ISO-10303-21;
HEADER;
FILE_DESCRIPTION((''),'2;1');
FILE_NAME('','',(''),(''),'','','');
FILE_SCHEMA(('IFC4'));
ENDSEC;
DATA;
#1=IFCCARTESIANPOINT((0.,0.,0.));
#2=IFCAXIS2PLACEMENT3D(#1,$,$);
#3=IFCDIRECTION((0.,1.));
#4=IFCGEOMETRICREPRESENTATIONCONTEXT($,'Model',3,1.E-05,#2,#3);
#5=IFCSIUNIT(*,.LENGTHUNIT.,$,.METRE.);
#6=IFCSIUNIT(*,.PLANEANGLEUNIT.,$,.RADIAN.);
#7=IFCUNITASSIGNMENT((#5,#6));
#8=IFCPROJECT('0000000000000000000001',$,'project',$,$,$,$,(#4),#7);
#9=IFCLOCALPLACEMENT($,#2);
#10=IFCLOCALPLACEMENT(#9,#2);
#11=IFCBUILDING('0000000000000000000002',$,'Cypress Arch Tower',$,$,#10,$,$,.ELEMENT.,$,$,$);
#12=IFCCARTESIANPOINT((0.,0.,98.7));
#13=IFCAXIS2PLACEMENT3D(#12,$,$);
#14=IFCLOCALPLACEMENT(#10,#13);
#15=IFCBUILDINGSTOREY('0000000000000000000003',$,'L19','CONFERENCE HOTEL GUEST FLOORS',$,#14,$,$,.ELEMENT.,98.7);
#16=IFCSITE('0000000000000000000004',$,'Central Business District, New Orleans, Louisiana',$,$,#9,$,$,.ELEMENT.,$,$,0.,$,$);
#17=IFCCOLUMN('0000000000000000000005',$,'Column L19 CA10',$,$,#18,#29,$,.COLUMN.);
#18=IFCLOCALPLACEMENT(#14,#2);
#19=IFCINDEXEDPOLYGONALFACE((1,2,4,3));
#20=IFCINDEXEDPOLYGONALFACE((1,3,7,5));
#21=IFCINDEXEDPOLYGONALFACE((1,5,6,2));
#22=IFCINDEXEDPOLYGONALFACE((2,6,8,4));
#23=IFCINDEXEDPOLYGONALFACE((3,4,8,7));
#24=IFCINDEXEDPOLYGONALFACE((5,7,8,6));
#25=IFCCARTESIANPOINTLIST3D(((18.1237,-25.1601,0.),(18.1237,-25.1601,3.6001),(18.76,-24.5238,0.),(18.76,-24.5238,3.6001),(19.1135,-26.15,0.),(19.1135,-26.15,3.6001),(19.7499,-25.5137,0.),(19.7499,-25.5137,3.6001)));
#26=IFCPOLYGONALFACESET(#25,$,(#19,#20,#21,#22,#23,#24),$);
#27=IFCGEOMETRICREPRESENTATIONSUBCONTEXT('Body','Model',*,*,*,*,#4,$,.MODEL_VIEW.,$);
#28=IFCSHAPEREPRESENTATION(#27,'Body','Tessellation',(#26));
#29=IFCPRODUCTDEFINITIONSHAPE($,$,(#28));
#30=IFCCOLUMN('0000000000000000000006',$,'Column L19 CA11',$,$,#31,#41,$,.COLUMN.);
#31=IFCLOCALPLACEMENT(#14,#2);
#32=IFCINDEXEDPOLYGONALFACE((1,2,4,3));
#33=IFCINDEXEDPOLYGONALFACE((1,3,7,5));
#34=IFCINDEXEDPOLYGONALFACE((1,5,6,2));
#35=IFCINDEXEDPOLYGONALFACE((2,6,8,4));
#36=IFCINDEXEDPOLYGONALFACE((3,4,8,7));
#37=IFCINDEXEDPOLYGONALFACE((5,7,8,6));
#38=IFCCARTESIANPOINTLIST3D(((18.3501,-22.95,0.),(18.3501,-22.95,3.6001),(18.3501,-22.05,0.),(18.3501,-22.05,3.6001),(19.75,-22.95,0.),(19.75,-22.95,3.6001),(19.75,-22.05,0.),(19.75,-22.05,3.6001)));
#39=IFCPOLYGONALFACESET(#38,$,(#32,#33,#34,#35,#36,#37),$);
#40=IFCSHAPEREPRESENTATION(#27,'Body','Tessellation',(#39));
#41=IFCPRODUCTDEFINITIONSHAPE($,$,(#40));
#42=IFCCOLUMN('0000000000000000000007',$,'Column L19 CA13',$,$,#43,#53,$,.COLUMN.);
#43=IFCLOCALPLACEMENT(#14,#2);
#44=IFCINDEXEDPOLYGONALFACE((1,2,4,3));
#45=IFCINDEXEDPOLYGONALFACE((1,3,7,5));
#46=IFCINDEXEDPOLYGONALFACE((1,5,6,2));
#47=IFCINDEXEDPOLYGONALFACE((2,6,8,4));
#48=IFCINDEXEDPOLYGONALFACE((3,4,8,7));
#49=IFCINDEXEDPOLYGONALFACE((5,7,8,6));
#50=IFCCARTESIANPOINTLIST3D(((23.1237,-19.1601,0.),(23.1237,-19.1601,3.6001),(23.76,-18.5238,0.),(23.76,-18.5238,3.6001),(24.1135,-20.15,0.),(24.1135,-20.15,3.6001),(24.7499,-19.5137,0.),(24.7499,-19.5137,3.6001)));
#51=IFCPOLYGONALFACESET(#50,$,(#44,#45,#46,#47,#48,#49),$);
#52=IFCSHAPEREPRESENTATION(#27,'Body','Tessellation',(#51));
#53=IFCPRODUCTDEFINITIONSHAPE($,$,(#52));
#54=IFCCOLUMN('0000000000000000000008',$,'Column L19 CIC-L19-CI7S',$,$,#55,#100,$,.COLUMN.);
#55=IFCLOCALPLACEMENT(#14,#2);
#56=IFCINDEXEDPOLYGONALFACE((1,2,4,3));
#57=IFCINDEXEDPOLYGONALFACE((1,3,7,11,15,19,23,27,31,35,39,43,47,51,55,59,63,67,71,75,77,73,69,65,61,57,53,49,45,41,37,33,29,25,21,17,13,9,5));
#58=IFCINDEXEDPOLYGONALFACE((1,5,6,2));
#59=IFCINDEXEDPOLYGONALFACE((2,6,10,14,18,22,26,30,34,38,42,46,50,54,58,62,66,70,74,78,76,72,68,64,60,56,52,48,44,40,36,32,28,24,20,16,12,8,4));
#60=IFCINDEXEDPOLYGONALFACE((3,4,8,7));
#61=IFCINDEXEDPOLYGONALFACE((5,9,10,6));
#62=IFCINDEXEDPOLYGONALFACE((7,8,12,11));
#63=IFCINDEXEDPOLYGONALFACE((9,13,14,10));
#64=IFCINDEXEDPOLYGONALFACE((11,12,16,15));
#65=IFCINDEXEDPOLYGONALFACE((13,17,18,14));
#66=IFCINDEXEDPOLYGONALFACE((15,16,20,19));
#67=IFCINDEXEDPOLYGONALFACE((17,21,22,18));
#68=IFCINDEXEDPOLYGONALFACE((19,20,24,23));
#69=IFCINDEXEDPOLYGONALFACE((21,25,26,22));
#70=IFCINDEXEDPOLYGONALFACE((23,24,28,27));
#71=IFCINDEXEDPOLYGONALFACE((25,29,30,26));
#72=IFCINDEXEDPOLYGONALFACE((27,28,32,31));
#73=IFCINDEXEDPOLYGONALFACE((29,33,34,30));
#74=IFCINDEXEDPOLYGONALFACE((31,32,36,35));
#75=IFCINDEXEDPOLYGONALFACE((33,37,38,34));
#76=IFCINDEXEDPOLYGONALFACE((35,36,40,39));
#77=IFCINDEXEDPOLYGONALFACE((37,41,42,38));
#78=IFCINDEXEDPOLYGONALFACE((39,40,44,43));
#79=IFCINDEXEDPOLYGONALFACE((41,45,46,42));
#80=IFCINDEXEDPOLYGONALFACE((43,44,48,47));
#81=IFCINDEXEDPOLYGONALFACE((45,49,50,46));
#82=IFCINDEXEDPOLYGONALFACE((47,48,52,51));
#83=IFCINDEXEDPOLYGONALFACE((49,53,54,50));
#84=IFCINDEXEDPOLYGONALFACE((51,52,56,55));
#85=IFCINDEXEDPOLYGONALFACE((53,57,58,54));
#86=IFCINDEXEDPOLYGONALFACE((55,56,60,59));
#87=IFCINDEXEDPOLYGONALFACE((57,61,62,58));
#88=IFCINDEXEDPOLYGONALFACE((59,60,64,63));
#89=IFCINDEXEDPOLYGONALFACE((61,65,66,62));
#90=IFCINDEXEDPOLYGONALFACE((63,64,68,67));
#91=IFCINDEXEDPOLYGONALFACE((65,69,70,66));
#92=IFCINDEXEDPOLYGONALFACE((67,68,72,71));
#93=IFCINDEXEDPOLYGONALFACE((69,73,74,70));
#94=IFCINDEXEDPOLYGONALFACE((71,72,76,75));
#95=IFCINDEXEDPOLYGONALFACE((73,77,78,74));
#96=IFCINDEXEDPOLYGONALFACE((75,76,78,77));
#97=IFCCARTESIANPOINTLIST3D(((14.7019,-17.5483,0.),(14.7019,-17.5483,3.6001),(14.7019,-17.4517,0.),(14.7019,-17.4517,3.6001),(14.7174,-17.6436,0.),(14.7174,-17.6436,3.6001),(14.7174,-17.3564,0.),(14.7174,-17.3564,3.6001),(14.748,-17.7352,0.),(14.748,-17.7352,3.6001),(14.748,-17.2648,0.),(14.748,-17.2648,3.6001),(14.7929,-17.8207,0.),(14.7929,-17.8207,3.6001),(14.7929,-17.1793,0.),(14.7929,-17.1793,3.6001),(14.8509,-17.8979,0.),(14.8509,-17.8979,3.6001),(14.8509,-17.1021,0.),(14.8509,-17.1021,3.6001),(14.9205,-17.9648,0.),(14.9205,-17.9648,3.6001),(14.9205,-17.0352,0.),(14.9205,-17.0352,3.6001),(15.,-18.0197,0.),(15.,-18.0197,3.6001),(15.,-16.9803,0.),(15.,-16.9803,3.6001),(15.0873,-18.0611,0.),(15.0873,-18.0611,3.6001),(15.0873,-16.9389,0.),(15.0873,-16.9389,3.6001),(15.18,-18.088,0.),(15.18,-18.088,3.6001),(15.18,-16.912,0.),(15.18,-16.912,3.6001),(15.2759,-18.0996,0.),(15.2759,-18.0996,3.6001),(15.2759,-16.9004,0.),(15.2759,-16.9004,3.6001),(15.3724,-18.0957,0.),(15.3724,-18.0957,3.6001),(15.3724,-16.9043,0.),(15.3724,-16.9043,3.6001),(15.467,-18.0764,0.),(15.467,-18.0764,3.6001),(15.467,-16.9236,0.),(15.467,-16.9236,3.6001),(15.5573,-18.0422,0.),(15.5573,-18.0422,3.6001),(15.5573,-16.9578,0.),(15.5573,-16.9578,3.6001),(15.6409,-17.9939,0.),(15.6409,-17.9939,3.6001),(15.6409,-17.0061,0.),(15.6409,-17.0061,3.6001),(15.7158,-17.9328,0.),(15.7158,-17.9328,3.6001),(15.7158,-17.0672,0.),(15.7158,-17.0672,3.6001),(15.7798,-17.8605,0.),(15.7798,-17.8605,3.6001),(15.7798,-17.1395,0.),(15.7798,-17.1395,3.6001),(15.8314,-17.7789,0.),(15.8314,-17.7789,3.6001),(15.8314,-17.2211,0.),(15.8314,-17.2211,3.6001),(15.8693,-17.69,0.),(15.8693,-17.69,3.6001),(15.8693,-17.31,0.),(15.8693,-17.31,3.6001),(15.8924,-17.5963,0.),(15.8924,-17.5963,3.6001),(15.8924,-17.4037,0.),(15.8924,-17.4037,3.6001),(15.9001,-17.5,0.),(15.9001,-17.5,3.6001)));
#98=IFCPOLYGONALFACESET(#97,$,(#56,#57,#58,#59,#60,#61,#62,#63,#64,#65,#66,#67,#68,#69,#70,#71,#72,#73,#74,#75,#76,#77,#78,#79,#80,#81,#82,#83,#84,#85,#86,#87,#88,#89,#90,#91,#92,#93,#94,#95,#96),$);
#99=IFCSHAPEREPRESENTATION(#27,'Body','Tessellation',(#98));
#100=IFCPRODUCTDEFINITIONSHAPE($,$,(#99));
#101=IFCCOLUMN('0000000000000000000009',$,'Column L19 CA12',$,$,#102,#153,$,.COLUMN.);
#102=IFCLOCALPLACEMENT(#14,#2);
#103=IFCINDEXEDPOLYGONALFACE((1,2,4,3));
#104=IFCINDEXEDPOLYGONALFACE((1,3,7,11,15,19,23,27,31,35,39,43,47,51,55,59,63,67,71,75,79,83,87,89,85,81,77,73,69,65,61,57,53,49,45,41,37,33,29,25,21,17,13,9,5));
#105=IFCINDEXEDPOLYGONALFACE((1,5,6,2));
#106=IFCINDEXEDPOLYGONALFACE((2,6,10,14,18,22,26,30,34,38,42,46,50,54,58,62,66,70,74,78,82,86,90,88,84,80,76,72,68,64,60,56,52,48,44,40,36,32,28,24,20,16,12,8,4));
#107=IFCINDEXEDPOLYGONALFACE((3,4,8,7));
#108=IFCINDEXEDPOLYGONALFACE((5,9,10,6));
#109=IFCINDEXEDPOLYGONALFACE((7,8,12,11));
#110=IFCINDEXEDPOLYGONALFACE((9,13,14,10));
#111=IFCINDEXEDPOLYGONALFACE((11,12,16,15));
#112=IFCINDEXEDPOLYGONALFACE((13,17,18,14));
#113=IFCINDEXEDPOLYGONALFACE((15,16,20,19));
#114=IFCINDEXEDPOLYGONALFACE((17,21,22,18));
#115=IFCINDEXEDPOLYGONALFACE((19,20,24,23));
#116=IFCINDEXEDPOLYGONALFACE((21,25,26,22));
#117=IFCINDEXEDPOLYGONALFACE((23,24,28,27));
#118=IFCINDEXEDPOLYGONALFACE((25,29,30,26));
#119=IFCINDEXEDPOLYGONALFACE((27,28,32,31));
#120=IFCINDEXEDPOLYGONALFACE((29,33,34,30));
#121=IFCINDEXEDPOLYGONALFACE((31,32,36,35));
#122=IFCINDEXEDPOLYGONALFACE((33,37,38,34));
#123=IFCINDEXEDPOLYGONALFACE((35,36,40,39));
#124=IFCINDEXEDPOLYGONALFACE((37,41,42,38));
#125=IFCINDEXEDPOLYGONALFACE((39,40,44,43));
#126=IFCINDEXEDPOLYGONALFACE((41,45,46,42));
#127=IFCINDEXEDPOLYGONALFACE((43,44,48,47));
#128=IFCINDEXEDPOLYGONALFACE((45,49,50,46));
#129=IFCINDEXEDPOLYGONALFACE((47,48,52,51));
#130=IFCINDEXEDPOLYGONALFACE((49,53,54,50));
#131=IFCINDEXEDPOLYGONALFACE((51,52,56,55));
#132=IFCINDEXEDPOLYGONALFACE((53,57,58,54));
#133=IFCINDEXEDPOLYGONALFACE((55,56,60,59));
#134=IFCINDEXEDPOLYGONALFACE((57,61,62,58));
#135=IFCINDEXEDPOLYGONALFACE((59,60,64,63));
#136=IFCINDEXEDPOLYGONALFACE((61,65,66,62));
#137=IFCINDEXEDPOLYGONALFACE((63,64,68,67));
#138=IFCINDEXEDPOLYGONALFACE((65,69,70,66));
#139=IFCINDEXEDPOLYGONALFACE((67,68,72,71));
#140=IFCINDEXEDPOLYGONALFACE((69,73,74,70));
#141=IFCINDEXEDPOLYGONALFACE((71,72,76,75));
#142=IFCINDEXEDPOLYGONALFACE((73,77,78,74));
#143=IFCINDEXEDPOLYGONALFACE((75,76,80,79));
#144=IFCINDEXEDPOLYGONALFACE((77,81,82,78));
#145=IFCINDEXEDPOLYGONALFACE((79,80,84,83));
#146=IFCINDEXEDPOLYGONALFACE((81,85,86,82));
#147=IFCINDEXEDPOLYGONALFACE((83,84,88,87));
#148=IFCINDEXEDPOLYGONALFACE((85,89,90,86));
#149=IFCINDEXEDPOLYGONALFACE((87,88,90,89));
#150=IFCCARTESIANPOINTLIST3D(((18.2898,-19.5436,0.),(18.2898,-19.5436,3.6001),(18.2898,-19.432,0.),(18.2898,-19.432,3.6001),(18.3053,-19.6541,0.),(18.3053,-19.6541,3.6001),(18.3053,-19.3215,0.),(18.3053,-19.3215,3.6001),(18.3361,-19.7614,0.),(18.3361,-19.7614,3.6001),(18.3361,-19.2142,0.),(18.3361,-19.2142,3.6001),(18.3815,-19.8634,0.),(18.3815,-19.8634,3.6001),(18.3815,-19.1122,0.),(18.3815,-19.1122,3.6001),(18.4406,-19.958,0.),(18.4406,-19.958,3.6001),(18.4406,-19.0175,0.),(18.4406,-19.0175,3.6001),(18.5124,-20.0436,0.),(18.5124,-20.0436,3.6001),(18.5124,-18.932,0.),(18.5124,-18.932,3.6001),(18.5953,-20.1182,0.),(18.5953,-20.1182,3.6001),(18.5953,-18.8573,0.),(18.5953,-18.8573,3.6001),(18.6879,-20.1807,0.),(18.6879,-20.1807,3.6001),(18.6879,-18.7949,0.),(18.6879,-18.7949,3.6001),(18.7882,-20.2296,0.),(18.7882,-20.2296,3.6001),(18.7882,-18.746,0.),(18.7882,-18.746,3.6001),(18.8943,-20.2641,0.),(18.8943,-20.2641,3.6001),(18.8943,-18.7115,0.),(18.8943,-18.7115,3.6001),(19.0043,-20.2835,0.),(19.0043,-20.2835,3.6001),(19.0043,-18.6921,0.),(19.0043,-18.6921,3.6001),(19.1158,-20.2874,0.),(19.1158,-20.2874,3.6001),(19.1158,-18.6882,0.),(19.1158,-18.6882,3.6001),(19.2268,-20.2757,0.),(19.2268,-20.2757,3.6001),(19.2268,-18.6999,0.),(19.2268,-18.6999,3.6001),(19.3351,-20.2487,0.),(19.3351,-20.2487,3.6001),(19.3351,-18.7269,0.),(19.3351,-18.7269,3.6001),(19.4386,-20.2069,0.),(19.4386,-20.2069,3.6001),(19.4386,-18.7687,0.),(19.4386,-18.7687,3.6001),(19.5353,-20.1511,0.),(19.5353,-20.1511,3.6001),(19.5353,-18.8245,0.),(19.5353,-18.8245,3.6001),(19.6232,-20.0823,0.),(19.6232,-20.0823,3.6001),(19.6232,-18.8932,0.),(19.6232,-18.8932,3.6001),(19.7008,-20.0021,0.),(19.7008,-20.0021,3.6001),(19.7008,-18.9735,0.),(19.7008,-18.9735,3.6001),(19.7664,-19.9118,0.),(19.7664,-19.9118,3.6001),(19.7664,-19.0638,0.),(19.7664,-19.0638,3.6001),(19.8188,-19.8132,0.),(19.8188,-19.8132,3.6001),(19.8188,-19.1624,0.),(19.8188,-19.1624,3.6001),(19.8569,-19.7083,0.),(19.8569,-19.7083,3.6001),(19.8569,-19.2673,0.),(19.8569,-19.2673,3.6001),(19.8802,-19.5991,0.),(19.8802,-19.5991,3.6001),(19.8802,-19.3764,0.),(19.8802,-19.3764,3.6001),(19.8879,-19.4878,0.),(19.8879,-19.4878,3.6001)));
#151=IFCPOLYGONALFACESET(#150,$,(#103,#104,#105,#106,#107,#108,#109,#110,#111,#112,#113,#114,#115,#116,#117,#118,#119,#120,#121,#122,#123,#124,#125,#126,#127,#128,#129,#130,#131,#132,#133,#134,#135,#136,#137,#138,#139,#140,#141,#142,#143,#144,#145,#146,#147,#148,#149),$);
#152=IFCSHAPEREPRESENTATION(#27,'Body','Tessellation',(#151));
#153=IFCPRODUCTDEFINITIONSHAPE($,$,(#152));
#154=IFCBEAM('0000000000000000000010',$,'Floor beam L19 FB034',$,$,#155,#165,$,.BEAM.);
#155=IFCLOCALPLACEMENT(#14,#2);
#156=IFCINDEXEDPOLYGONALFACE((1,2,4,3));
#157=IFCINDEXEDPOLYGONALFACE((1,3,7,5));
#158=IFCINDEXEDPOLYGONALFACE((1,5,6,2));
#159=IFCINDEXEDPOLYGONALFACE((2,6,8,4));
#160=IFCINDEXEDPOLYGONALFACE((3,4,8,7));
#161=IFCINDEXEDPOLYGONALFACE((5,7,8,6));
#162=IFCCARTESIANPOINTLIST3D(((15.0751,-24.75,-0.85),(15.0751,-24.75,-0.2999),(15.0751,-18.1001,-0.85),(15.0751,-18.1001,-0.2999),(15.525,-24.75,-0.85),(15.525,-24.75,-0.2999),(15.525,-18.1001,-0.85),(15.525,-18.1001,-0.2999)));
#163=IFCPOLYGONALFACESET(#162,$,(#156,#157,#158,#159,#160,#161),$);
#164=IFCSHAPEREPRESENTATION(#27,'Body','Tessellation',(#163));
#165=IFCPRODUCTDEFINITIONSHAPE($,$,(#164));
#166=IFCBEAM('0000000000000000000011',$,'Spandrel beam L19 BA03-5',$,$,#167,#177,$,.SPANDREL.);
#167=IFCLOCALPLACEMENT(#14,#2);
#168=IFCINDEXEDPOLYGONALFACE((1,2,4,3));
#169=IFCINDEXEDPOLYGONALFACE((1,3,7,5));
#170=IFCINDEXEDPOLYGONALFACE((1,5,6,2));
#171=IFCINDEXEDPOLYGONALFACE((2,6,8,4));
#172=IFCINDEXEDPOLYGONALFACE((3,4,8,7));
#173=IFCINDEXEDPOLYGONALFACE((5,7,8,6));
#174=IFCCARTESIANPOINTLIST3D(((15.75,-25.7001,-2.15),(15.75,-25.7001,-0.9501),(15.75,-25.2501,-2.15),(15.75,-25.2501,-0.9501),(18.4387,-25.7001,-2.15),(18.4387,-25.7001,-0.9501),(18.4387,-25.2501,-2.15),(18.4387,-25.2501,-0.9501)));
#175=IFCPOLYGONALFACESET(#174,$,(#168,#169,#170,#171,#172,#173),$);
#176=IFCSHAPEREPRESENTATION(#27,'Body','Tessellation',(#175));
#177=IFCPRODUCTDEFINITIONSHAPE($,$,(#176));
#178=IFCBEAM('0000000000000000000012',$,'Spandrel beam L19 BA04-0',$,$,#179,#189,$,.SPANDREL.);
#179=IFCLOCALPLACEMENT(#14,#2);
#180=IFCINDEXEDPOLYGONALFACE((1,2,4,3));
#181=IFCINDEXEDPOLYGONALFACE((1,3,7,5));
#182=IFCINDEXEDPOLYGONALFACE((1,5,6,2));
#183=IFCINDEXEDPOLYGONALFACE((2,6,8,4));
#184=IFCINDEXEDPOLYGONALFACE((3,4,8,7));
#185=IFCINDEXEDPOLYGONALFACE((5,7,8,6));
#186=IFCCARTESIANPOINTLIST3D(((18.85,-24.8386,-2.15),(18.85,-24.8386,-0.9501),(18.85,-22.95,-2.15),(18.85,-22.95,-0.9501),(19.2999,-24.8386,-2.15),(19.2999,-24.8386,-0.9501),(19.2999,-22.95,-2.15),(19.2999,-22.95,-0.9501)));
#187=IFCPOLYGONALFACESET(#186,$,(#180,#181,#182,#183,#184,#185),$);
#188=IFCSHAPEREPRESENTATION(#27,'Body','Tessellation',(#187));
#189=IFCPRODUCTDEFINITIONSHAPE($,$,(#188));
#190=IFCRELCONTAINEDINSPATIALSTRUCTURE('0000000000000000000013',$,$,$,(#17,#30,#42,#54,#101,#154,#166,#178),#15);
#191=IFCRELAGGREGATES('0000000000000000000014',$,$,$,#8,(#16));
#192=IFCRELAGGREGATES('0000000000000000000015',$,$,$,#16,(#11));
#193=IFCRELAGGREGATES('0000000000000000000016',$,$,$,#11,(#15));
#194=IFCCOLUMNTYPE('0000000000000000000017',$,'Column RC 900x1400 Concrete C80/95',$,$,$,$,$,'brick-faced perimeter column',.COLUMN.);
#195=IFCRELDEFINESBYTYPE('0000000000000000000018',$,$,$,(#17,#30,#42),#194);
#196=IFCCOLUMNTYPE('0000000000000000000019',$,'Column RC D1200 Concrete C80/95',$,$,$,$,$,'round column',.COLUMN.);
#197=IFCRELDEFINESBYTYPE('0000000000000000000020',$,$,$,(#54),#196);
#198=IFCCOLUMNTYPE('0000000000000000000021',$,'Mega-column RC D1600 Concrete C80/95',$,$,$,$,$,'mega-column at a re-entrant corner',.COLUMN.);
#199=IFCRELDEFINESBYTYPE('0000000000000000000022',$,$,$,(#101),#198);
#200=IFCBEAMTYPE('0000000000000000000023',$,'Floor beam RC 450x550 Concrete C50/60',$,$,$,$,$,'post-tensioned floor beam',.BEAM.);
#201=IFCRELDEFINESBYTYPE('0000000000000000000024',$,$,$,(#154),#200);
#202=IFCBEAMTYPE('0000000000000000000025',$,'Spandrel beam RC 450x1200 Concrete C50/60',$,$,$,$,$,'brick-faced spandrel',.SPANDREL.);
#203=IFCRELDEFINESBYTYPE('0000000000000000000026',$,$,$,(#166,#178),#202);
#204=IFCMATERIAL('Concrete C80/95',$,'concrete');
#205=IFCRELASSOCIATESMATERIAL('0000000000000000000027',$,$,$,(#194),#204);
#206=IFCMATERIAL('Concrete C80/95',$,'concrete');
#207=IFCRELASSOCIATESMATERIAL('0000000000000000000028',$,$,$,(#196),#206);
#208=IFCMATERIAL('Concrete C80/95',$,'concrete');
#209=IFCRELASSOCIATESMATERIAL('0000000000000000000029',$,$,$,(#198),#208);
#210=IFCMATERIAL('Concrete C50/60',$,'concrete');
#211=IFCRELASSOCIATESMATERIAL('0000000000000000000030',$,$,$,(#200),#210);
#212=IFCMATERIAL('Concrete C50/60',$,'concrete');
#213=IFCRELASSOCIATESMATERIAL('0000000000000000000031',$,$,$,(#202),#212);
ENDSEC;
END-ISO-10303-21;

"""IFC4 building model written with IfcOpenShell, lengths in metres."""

from ifc_helpers import new_model, si_unit, direction, frame, origin, origin_2d, place, context, subcontext, project, spatial, rectangle, circle, extrude, material, material_profile, profile_set, type_object, element, save


model = new_model("IFC4")

# Units and contexts
model_context = context("Model", 3, precision=1e-05, world=origin(), true_north=direction((0.0, 1.0)))
body_context = subcontext(model_context, "Body", "Model", "MODEL_VIEW")
ifc_project = project(units=[si_unit("LENGTHUNIT", "METRE"), si_unit("PLANEANGLEUNIT", "RADIAN")], contexts=[model_context])

# Site, building, storey
site_placement = place(None, origin())
site = spatial("IfcSite", under=ifc_project, at=site_placement, Name="Central Business District, New Orleans, Louisiana", CompositionType="ELEMENT", RefElevation=0.0)
building_placement = place(site_placement, origin())
building = spatial("IfcBuilding", under=site, at=building_placement, Name="Cypress Arch Tower", CompositionType="ELEMENT")
storey_placement = place(building_placement, frame((0.0, 0.0, 98.7)))
storey = spatial("IfcBuildingStorey", under=building, at=storey_placement, Name="L19", Description="CONFERENCE HOTEL GUEST FLOORS", CompositionType="ELEMENT", Elevation=98.7)

# Columns
ifc_material_1 = material(Name="Concrete C80/95", Category="concrete")
ifc_material_profile_1 = material_profile(ifc_material_1, rectangle(XDim=0.8999, YDim=1.3999, at=origin_2d()), Name="RC 900x1400")
ifc_profile_set_1 = profile_set([ifc_material_profile_1], Name="Concrete C80/95")
column_type_1 = type_object("IfcColumnType", Name="Column RC 900x1400 Concrete C80/95", ElementType="brick-faced perimeter column", PredefinedType="COLUMN", material=ifc_profile_set_1)
for number, where, z_axis, x_axis, name in (
    (1, (18.9368, -25.3369, 0.0), (0.0, 0.0, 1.0), (0.707107, 0.707107, 0.0), "Column L19 CA10"),
    (2, (19.05, -22.5, 0.0), (0.0, 0.0, 1.0), (0.0, 1.0, 0.0), "Column L19 CA11"),
    (3, (23.9368, -19.3369, 0.0), (0.0, 0.0, 1.0), (0.707107, 0.707107, 0.0), "Column L19 CA13"),
):
    element("IfcColumn", number, at=place(storey_placement, frame(where, z_axis=z_axis, x_axis=x_axis)), inside=storey, type_object=column_type_1, Name=name, PredefinedType="COLUMN", context=body_context, shape_type="SweptSolid", body=[
        extrude(rectangle(XDim=0.8999, YDim=1.3999, at=origin_2d()), origin(), (0.0, 0.0, 1.0), 3.6001),
    ])
ifc_material_2 = material(Name="Concrete C80/95", Category="concrete")
ifc_material_profile_2 = material_profile(ifc_material_2, circle(Radius=0.6001, at=origin_2d()), Name="RC D1200")
ifc_profile_set_2 = profile_set([ifc_material_profile_2], Name="Concrete C80/95")
column_type_2 = type_object("IfcColumnType", Name="Column RC D1200 Concrete C80/95", ElementType="round column", PredefinedType="COLUMN", material=ifc_profile_set_2)
column_1_placement = place(storey_placement, frame((15.3, -17.5, 0.0), z_axis=(0.0, 0.0, 1.0), x_axis=(1.0, 0.0, 0.0)))
element("IfcColumn", 4, at=column_1_placement, inside=storey, type_object=column_type_2, Name="Column L19 CIC-L19-CI7S", PredefinedType="COLUMN", context=body_context, shape_type="SweptSolid", body=[
    extrude(circle(Radius=0.6001, at=origin_2d()), origin(), (0.0, 0.0, 1.0), 3.6001),
])
ifc_material_3 = material(Name="Concrete C80/95", Category="concrete")
ifc_material_profile_3 = material_profile(ifc_material_3, circle(Radius=0.8, at=origin_2d()), Name="RC D1600")
ifc_profile_set_3 = profile_set([ifc_material_profile_3], Name="Concrete C80/95")
column_type_3 = type_object("IfcColumnType", Name="Mega-column RC D1600 Concrete C80/95", ElementType="mega-column at a re-entrant corner", PredefinedType="COLUMN", material=ifc_profile_set_3)
column_2_placement = place(storey_placement, frame((19.0879, -19.4878, 0.0), z_axis=(0.0, 0.0, 1.0), x_axis=(1.0, 0.0, 0.0)))
element("IfcColumn", 5, at=column_2_placement, inside=storey, type_object=column_type_3, Name="Column L19 CA12", PredefinedType="COLUMN", context=body_context, shape_type="SweptSolid", body=[
    extrude(circle(Radius=0.8, at=origin_2d()), origin(), (0.0, 0.0, 1.0), 3.6001),
])

# Beams
ifc_material_4 = material(Name="Concrete C50/60", Category="concrete")
ifc_material_profile_4 = material_profile(ifc_material_4, rectangle(XDim=0.45, YDim=0.55, at=origin_2d()), Name="RC 450x550")
ifc_profile_set_4 = profile_set([ifc_material_profile_4], Name="Concrete C50/60")
beam_type_1 = type_object("IfcBeamType", Name="Floor beam RC 450x550 Concrete C50/60", ElementType="post-tensioned floor beam", PredefinedType="BEAM", material=ifc_profile_set_4)
beam_1_placement = place(storey_placement, frame((15.3, -24.75, -0.575), z_axis=(0.0, 1.0, 0.0), x_axis=(-1.0, 0.0, 0.0)))
element("IfcBeam", 6, at=beam_1_placement, inside=storey, type_object=beam_type_1, Name="Floor beam L19 FB034", PredefinedType="BEAM", context=body_context, shape_type="SweptSolid", body=[
    extrude(rectangle(XDim=0.45, YDim=0.55, at=origin_2d()), origin(), (0.0, 0.0, 1.0), 6.6499),
])
ifc_material_5 = material(Name="Concrete C50/60", Category="concrete")
ifc_material_profile_5 = material_profile(ifc_material_5, rectangle(XDim=0.45, YDim=1.2, at=origin_2d()), Name="RC 450x1200")
ifc_profile_set_5 = profile_set([ifc_material_profile_5], Name="Concrete C50/60")
beam_type_2 = type_object("IfcBeamType", Name="Spandrel beam RC 450x1200 Concrete C50/60", ElementType="brick-faced spandrel", PredefinedType="SPANDREL", material=ifc_profile_set_5)
beam_2_placement = place(storey_placement, frame((15.75, -25.4751, -1.55), z_axis=(1.0, 0.0, 0.0), x_axis=(0.0, 1.0, 0.0)))
element("IfcBeam", 7, at=beam_2_placement, inside=storey, type_object=beam_type_2, Name="Spandrel beam L19 BA03-5", PredefinedType="SPANDREL", context=body_context, shape_type="SweptSolid", body=[
    extrude(rectangle(XDim=0.45, YDim=1.2, at=origin_2d()), origin(), (0.0, 0.0, 1.0), 2.6887),
])
beam_3_placement = place(storey_placement, frame((19.075, -24.8386, -1.55), z_axis=(0.0, 1.0, 0.0), x_axis=(-1.0, 0.0, 0.0)))
element("IfcBeam", 8, at=beam_3_placement, inside=storey, type_object=beam_type_2, Name="Spandrel beam L19 BA04-0", PredefinedType="SPANDREL", context=body_context, shape_type="SweptSolid", body=[
    extrude(rectangle(XDim=0.45, YDim=1.2, at=origin_2d()), origin(), (0.0, 0.0, 1.0), 1.8887),
])

save(model, "model.ifc")
